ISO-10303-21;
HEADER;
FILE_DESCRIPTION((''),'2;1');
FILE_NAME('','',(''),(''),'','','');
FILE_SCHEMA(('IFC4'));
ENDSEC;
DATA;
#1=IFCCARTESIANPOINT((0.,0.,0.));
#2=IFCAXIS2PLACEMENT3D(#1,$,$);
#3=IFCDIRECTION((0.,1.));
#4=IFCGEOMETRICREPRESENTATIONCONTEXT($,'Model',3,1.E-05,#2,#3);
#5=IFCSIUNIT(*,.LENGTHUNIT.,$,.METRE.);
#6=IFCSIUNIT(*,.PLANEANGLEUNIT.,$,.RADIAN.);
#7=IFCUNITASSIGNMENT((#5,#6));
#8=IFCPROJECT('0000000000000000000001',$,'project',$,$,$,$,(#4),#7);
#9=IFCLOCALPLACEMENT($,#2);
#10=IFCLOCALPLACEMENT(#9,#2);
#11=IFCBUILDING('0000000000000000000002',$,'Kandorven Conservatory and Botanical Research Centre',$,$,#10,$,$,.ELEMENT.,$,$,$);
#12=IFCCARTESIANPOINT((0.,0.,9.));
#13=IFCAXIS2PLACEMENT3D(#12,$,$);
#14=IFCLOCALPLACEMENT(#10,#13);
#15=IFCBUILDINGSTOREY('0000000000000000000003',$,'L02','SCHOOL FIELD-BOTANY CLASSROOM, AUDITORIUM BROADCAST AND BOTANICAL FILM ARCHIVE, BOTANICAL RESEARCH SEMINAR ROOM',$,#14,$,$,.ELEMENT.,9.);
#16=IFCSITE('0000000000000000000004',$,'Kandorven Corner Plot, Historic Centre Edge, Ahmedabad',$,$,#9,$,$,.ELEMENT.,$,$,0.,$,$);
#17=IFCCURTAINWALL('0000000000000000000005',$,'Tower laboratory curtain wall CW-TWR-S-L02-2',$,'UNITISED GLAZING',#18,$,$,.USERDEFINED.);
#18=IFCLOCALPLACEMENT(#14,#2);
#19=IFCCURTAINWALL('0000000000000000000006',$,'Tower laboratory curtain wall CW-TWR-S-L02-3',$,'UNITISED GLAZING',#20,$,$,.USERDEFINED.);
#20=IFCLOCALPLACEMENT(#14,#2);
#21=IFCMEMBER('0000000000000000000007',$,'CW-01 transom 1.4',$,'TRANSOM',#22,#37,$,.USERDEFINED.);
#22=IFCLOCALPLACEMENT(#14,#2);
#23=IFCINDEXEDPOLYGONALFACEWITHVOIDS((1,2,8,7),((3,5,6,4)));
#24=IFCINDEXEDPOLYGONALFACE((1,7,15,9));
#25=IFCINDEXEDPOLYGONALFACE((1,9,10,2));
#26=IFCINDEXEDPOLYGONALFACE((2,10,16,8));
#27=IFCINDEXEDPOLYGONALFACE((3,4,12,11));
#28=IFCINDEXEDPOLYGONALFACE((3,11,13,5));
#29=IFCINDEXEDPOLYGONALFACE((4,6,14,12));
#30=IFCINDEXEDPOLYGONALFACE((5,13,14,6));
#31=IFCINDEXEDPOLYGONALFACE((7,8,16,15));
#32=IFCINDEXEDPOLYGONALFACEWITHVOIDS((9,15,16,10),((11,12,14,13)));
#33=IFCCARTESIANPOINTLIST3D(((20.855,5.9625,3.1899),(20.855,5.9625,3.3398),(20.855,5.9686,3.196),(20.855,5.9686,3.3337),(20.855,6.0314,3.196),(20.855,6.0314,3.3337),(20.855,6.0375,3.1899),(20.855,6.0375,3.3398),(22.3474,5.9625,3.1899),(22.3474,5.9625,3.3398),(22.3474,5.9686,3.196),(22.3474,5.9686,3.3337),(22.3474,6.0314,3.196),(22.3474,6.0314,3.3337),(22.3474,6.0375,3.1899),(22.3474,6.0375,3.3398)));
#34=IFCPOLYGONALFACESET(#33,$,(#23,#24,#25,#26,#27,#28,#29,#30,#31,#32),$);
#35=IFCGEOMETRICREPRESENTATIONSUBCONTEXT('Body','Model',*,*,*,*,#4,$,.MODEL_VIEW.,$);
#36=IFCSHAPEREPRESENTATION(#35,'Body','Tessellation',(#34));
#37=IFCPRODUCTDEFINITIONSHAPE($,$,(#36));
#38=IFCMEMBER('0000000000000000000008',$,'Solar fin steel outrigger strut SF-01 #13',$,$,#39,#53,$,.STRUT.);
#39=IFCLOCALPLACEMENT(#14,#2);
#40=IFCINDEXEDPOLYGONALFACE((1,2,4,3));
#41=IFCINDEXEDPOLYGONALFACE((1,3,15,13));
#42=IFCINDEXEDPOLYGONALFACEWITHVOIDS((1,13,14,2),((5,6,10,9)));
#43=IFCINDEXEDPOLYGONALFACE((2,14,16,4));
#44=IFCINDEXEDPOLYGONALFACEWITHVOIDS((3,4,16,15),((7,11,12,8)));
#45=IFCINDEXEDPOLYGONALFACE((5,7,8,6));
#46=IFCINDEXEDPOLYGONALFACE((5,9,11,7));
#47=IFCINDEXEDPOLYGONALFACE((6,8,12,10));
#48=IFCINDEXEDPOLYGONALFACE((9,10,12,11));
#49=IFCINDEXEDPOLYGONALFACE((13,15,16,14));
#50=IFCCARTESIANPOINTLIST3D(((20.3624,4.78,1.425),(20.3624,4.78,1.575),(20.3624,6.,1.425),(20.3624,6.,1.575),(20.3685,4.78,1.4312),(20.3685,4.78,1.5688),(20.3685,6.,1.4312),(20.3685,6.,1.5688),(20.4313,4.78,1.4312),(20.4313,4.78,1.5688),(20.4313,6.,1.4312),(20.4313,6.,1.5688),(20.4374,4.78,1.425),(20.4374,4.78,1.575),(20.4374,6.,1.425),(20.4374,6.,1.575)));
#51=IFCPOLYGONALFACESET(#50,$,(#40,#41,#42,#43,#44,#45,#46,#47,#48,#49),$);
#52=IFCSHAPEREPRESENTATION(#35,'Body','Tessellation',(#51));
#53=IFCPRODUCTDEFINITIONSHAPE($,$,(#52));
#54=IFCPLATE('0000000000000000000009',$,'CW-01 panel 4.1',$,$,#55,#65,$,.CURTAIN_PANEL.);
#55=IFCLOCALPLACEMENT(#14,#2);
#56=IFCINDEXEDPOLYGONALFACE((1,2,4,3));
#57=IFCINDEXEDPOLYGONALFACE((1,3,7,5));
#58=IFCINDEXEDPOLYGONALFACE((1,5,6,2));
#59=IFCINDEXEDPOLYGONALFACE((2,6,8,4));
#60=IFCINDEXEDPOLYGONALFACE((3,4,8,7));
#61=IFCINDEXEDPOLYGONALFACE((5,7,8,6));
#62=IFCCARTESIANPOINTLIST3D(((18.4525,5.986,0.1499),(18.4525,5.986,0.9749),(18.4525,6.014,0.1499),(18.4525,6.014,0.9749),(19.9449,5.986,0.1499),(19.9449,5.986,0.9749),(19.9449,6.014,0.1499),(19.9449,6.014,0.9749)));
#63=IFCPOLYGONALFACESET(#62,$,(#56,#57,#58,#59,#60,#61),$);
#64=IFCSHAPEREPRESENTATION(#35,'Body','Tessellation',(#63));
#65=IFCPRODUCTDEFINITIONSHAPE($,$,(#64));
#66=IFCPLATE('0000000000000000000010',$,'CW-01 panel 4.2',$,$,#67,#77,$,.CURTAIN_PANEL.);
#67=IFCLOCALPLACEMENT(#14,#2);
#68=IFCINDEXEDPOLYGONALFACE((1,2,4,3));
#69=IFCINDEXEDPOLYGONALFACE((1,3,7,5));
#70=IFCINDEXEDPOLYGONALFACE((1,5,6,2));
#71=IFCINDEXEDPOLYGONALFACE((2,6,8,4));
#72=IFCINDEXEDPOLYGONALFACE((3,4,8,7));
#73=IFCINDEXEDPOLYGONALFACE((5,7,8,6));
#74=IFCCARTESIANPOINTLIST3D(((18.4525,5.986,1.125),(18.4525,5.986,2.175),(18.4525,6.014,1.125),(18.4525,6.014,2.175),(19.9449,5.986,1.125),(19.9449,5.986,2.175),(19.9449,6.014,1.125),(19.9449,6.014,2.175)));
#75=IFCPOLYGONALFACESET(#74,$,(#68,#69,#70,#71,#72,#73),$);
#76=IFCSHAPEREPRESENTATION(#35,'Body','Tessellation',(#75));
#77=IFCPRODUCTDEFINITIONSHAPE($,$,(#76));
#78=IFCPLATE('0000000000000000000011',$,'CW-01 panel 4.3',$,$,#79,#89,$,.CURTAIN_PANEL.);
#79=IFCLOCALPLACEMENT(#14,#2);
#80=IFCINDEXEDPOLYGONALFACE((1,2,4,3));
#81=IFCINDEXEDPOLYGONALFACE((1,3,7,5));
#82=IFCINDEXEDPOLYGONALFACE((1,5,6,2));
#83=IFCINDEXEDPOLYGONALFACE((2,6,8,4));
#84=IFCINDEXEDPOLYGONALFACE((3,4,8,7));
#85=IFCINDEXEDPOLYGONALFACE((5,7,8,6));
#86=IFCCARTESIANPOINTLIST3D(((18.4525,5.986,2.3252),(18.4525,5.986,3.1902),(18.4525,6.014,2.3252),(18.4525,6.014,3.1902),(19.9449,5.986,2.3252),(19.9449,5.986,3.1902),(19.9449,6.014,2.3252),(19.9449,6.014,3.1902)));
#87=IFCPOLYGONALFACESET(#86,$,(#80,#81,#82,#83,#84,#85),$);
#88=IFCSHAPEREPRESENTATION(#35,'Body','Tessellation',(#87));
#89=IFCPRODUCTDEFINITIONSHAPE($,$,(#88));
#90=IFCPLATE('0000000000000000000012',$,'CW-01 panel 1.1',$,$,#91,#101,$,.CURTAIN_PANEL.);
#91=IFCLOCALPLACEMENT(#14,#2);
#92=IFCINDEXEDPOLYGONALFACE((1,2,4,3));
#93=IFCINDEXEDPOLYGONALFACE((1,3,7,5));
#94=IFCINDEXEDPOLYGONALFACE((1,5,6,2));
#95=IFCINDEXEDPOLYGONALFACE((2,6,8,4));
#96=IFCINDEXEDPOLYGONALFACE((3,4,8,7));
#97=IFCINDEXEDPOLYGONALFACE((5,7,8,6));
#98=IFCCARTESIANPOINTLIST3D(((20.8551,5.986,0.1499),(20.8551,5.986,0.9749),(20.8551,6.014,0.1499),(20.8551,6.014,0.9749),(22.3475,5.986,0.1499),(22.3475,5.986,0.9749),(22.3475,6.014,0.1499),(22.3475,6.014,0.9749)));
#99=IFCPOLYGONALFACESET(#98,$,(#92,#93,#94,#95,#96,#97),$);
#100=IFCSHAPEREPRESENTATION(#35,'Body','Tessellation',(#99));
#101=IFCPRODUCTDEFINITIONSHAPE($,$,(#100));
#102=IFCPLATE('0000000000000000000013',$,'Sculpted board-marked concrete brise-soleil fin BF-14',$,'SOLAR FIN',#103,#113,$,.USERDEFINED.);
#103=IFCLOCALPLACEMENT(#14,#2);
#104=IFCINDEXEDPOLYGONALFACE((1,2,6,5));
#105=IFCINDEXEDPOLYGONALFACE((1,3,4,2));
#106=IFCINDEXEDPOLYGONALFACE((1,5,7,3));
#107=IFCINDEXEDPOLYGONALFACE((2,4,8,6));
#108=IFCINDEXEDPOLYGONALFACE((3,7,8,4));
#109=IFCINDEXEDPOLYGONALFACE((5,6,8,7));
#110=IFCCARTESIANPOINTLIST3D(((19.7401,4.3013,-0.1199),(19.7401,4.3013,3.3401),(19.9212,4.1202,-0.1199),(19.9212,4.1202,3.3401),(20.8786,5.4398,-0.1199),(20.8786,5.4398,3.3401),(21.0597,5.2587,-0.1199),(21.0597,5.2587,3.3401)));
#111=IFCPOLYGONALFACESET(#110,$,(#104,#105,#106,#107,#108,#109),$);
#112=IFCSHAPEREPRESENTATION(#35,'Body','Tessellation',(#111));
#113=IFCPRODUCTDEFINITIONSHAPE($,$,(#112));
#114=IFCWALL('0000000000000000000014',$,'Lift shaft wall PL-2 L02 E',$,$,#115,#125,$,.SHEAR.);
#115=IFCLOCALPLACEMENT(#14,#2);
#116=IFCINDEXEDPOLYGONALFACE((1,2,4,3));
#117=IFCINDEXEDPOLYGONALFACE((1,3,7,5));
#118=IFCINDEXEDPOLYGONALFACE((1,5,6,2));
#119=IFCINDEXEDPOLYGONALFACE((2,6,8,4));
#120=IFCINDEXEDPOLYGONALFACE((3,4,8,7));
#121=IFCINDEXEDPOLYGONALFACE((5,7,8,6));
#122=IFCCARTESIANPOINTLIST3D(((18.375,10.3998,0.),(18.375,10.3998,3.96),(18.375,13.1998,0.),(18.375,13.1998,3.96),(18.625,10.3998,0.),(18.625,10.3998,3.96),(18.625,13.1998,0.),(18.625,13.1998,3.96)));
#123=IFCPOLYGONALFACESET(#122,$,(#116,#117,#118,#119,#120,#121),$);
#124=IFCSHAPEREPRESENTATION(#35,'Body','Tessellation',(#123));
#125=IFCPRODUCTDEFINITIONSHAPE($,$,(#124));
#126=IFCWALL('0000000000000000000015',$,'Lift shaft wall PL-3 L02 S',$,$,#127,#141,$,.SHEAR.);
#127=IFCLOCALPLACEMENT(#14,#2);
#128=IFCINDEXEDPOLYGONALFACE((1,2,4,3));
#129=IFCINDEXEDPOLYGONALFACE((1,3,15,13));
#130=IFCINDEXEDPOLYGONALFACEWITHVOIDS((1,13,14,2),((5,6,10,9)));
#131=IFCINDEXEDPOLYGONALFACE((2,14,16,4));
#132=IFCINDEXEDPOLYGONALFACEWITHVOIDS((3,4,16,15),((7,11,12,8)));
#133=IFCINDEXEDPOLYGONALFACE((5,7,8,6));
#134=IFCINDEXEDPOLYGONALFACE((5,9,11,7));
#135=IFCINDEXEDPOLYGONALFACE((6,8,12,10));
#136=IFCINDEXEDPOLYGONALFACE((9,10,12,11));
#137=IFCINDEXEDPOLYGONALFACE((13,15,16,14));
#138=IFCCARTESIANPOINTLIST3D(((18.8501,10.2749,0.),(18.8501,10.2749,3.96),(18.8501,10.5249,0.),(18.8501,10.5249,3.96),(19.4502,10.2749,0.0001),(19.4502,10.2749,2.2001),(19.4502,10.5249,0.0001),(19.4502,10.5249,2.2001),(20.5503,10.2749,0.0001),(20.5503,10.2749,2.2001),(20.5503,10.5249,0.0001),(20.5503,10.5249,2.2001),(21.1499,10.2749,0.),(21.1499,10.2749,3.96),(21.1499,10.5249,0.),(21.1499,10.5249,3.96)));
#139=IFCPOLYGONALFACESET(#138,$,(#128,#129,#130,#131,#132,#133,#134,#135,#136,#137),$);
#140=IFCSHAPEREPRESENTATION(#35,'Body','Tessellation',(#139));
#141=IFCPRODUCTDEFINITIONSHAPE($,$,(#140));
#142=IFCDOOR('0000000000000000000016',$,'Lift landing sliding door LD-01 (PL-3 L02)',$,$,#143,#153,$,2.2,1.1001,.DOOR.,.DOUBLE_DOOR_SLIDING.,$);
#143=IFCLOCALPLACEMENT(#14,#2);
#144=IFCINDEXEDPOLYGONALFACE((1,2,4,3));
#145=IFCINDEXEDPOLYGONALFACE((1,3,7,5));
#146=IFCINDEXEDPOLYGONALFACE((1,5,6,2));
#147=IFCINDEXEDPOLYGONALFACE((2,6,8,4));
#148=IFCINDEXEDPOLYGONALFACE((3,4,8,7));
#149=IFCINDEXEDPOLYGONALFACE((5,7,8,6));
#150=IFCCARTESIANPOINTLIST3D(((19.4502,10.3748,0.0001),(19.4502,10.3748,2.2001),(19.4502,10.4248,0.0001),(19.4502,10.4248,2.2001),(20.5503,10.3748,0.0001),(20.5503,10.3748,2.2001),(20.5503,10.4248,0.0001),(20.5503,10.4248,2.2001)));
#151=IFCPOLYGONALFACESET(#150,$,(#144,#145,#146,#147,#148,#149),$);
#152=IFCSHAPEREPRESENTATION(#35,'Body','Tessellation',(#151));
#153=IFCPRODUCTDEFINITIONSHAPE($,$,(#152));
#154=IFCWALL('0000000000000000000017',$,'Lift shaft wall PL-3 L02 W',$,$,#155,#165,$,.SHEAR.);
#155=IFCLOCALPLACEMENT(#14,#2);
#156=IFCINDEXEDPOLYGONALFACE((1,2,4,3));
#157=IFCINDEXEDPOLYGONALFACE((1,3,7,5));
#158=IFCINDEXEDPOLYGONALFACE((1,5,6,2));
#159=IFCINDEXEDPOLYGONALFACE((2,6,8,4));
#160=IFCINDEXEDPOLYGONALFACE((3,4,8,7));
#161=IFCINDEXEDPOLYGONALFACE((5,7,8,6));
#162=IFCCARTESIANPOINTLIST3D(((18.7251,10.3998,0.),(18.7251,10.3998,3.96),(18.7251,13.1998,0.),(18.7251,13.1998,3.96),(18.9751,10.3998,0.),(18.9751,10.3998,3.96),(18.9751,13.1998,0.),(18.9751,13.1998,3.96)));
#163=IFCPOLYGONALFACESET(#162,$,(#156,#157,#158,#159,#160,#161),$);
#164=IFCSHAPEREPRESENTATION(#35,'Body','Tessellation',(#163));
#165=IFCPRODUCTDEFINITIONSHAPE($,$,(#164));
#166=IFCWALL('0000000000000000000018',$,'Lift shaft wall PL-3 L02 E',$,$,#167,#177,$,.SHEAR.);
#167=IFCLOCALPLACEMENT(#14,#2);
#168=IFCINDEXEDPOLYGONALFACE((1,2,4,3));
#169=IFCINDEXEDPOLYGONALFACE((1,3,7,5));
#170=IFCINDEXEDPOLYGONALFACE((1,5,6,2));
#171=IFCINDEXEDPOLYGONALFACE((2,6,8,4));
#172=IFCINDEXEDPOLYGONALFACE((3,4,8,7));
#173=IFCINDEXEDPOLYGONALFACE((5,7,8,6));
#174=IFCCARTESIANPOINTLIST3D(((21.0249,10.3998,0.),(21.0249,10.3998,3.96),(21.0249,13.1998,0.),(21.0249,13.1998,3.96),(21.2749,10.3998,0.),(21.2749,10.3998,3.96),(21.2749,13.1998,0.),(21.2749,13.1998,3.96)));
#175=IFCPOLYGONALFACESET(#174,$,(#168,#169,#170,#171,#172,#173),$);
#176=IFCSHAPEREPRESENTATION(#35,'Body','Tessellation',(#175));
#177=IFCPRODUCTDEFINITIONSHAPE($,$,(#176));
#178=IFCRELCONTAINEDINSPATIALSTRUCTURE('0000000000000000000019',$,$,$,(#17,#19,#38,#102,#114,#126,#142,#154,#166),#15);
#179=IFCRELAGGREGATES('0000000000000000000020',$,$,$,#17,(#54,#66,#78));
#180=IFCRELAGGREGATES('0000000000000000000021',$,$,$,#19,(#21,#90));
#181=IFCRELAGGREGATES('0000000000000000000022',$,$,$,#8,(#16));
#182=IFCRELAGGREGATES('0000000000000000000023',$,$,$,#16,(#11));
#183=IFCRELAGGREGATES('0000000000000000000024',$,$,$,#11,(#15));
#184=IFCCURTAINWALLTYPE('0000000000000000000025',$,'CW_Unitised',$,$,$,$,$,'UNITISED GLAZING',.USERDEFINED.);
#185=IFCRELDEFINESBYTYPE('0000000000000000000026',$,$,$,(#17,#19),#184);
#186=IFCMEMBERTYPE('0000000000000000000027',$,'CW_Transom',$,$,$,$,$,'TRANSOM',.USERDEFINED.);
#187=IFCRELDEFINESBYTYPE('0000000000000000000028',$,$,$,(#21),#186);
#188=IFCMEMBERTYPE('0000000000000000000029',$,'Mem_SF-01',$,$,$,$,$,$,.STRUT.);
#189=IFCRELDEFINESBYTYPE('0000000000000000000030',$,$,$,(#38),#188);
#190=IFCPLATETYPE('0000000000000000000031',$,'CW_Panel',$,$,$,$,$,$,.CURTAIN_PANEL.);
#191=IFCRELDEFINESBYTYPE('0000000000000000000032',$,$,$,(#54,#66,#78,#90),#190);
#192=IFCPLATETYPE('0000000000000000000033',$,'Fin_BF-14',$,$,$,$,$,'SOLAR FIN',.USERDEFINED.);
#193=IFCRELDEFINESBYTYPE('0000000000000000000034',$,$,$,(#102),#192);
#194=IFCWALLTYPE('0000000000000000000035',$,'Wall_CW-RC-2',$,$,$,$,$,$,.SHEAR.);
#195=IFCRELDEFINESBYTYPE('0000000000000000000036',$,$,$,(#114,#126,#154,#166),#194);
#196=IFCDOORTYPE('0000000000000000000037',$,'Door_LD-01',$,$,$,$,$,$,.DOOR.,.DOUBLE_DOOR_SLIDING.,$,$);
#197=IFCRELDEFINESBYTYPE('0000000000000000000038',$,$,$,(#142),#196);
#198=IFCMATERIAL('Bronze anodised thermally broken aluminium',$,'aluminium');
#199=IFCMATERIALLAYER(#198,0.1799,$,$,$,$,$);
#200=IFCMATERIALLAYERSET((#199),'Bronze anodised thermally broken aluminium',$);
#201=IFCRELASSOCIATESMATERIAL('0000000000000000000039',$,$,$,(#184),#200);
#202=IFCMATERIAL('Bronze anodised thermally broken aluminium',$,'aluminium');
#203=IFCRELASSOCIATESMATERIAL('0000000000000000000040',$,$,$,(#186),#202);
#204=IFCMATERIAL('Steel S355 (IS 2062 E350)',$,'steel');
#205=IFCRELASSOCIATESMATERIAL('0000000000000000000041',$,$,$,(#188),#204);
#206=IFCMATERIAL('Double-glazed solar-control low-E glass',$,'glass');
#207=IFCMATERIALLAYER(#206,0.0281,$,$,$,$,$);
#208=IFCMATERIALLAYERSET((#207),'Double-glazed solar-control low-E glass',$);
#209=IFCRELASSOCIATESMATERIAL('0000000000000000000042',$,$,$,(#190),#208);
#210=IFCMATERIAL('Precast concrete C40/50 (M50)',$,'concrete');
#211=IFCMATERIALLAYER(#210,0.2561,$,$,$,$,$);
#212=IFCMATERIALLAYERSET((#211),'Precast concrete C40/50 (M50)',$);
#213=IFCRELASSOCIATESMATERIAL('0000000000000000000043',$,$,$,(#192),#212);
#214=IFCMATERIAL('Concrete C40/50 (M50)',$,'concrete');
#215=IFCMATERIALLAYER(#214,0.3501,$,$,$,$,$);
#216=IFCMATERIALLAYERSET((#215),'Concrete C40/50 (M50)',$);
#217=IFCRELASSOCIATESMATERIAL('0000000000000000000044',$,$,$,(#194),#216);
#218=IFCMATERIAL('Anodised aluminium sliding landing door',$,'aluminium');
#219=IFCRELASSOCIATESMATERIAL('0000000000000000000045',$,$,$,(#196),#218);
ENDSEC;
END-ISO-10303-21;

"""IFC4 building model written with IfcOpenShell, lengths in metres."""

from ifc_helpers import new_model, si_unit, direction, frame, frame_2d, origin, origin_2d, place, context, subcontext, project, spatial, rectangle, hollow_rectangle, extrude, material, layer, layer_set, material_profile, profile_set, type_object, element, fill, aggregate, save


model = new_model("IFC4")

# Units and contexts
model_context = context("Model", 3, precision=1e-05, world=origin(), true_north=direction((0.0, 1.0)))
body_context = subcontext(model_context, "Body", "Model", "MODEL_VIEW")
ifc_project = project(units=[si_unit("LENGTHUNIT", "METRE"), si_unit("PLANEANGLEUNIT", "RADIAN")], contexts=[model_context])

# Site, building, storey
site_placement = place(None, origin())
site = spatial("IfcSite", under=ifc_project, at=site_placement, Name="Kandorven Corner Plot, Historic Centre Edge, Ahmedabad", CompositionType="ELEMENT", RefElevation=0.0)
building_placement = place(site_placement, origin())
building = spatial("IfcBuilding", under=site, at=building_placement, Name="Kandorven Conservatory and Botanical Research Centre", CompositionType="ELEMENT")
storey_placement = place(building_placement, frame((0.0, 0.0, 9.0)))
storey = spatial("IfcBuildingStorey", under=building, at=storey_placement, Name="L02", Description="SCHOOL FIELD-BOTANY CLASSROOM, AUDITORIUM BROADCAST AND BOTANICAL FILM ARCHIVE, BOTANICAL RESEARCH SEMINAR ROOM", CompositionType="ELEMENT", Elevation=9.0)

# Curtain walls
ifc_material_1 = material(Name="Bronze anodised thermally broken aluminium", Category="aluminium")
ifc_layer_1 = layer(ifc_material_1, 0.1799)
ifc_layer_set_1 = layer_set([ifc_layer_1], Name="Bronze anodised thermally broken aluminium")
curtain_wall_type = type_object("IfcCurtainWallType", Name="CW_Unitised", ElementType="UNITISED GLAZING", PredefinedType="USERDEFINED", material=ifc_layer_set_1)
curtain_wall_1_placement = place(storey_placement, origin())
curtain_wall_1 = element("IfcCurtainWall", 1, at=curtain_wall_1_placement, inside=storey, type_object=curtain_wall_type, Name="Tower laboratory curtain wall CW-TWR-S-L02-2", ObjectType="UNITISED GLAZING", PredefinedType="USERDEFINED")
curtain_wall_2_placement = place(storey_placement, origin())
curtain_wall_2 = element("IfcCurtainWall", 2, at=curtain_wall_2_placement, inside=storey, type_object=curtain_wall_type, Name="Tower laboratory curtain wall CW-TWR-S-L02-3", ObjectType="UNITISED GLAZING", PredefinedType="USERDEFINED")

# Members
ifc_material_2 = material(Name="Bronze anodised thermally broken aluminium", Category="aluminium")
ifc_material_profile_1 = material_profile(ifc_material_2, hollow_rectangle(XDim=0.075, YDim=0.1499, WallThickness=0.0061, at=origin_2d()))
ifc_profile_set_1 = profile_set([ifc_material_profile_1], Name="Bronze anodised thermally broken aluminium")
member_type_1 = type_object("IfcMemberType", Name="CW_Transom", ElementType="TRANSOM", PredefinedType="USERDEFINED", material=ifc_profile_set_1)
member_1_placement = place(storey_placement, frame((20.855, 6.0, 3.2649), z_axis=(1.0, 0.0, 0.0), x_axis=(0.0, 1.0, 0.0)))
member_1 = element("IfcMember", 3, at=member_1_placement, type_object=member_type_1, Name="CW-01 transom 1.4", ObjectType="TRANSOM", PredefinedType="USERDEFINED", context=body_context, shape_type="SweptSolid", body=[
    extrude(hollow_rectangle(XDim=0.075, YDim=0.1499, WallThickness=0.0061, at=origin_2d()), origin(), (0.0, 0.0, 1.0), 1.4924),
])
ifc_material_3 = material(Name="Steel S355 (IS 2062 E350)", Category="steel")
ifc_material_profile_2 = material_profile(ifc_material_3, hollow_rectangle(XDim=0.075, YDim=0.1499, WallThickness=0.0061, at=origin_2d()))
ifc_profile_set_2 = profile_set([ifc_material_profile_2], Name="Steel S355 (IS 2062 E350)")
member_type_2 = type_object("IfcMemberType", Name="Mem_SF-01", PredefinedType="STRUT", material=ifc_profile_set_2)
member_2_placement = place(storey_placement, frame((20.3999, 6.0, 1.5), z_axis=(0.0, -1.0, 0.0), x_axis=(1.0, 0.0, 0.0)))
element("IfcMember", 4, at=member_2_placement, inside=storey, type_object=member_type_2, Name="Solar fin steel outrigger strut SF-01 #13", PredefinedType="STRUT", context=body_context, shape_type="SweptSolid", body=[
    extrude(hollow_rectangle(XDim=0.075, YDim=0.1499, WallThickness=0.0061, at=origin_2d()), origin(), (0.0, 0.0, 1.0), 1.22),
])

# Plates
ifc_material_4 = material(Name="Double-glazed solar-control low-E glass", Category="glass")
ifc_layer_2 = layer(ifc_material_4, 0.0281)
ifc_layer_set_2 = layer_set([ifc_layer_2], Name="Double-glazed solar-control low-E glass")
plate_type_1 = type_object("IfcPlateType", Name="CW_Panel", PredefinedType="CURTAIN_PANEL", material=ifc_layer_set_2)
plate_1_placement = place(storey_placement, frame((19.1987, 6.0, 0.1499), z_axis=(0.0, 0.0, 1.0), x_axis=(1.0, 0.0, 0.0)))
plate_1 = element("IfcPlate", 5, at=plate_1_placement, type_object=plate_type_1, Name="CW-01 panel 4.1", PredefinedType="CURTAIN_PANEL", context=body_context, shape_type="SweptSolid", body=[
    extrude(rectangle(XDim=1.4924, YDim=0.0281, at=origin_2d()), origin(), (0.0, 0.0, 1.0), 0.825),
])
plate_2_placement = place(storey_placement, frame((19.1987, 6.0, 1.125), z_axis=(0.0, 0.0, 1.0), x_axis=(1.0, 0.0, 0.0)))
plate_2 = element("IfcPlate", 6, at=plate_2_placement, type_object=plate_type_1, Name="CW-01 panel 4.2", PredefinedType="CURTAIN_PANEL", context=body_context, shape_type="SweptSolid", body=[
    extrude(rectangle(XDim=1.4924, YDim=0.0281, at=origin_2d()), origin(), (0.0, 0.0, 1.0), 1.05),
])
plate_3_placement = place(storey_placement, frame((19.1987, 6.0, 2.3252), z_axis=(0.0, 0.0, 1.0), x_axis=(1.0, 0.0, 0.0)))
plate_3 = element("IfcPlate", 7, at=plate_3_placement, type_object=plate_type_1, Name="CW-01 panel 4.3", PredefinedType="CURTAIN_PANEL", context=body_context, shape_type="SweptSolid", body=[
    extrude(rectangle(XDim=1.4924, YDim=0.0281, at=origin_2d()), origin(), (0.0, 0.0, 1.0), 0.865),
])
aggregate(curtain_wall_1, [plate_1, plate_2, plate_3])
plate_4_placement = place(storey_placement, frame((21.6013, 6.0, 0.1499), z_axis=(0.0, 0.0, 1.0), x_axis=(1.0, 0.0, 0.0)))
plate_4 = element("IfcPlate", 8, at=plate_4_placement, type_object=plate_type_1, Name="CW-01 panel 1.1", PredefinedType="CURTAIN_PANEL", context=body_context, shape_type="SweptSolid", body=[
    extrude(rectangle(XDim=1.4924, YDim=0.0281, at=origin_2d()), origin(), (0.0, 0.0, 1.0), 0.825),
])
aggregate(curtain_wall_2, [member_1, plate_4])
ifc_material_5 = material(Name="Precast concrete C40/50 (M50)", Category="concrete")
ifc_layer_3 = layer(ifc_material_5, 0.2561)
ifc_layer_set_3 = layer_set([ifc_layer_3], Name="Precast concrete C40/50 (M50)")
plate_type_2 = type_object("IfcPlateType", Name="Fin_BF-14", ElementType="SOLAR FIN", PredefinedType="USERDEFINED", material=ifc_layer_set_3)
plate_5_placement = place(storey_placement, frame((20.3999, 4.78, -0.1199), z_axis=(0.0, 0.0, 1.0), x_axis=(0.707107, 0.707107, 0.0)))
element("IfcPlate", 9, at=plate_5_placement, inside=storey, type_object=plate_type_2, Name="Sculpted board-marked concrete brise-soleil fin BF-14", ObjectType="SOLAR FIN", PredefinedType="USERDEFINED", context=body_context, shape_type="SweptSolid", body=[
    extrude(rectangle(XDim=1.6101, YDim=0.2561, at=origin_2d()), origin(), (0.0, 0.0, 1.0), 3.46),
])

# Wall
ifc_material_6 = material(Name="Concrete C40/50 (M50)", Category="concrete")
ifc_layer_4 = layer(ifc_material_6, 0.3501)
ifc_layer_set_4 = layer_set([ifc_layer_4], Name="Concrete C40/50 (M50)")
wall_type = type_object("IfcWallType", Name="Wall_CW-RC-2", PredefinedType="SHEAR", material=ifc_layer_set_4)
wall_1_placement = place(storey_placement, frame((18.5, 10.3999, 0.0), z_axis=(0.0, 0.0, 1.0), x_axis=(0.0, 1.0, 0.0)))
element("IfcWall", 10, at=wall_1_placement, inside=storey, type_object=wall_type, Name="Lift shaft wall PL-2 L02 E", PredefinedType="SHEAR", context=body_context, shape_type="SweptSolid", body=[
    extrude(rectangle(XDim=2.8, YDim=0.25, at=frame_2d((1.3999, 0.0))), origin(), (0.0, 0.0, 1.0), 3.96),
])

# Wall, opening, door
wall_2_placement = place(storey_placement, frame((18.8501, 10.3999, 0.0), z_axis=(0.0, 0.0, 1.0), x_axis=(1.0, 0.0, 0.0)))
wall_2 = element("IfcWall", 11, at=wall_2_placement, inside=storey, type_object=wall_type, Name="Lift shaft wall PL-3 L02 S", PredefinedType="SHEAR", context=body_context, shape_type="SweptSolid", body=[
    extrude(rectangle(XDim=2.2998, YDim=0.25, at=frame_2d((1.1499, 0.0))), origin(), (0.0, 0.0, 1.0), 3.96),
])
opening_1_placement = place(wall_2_placement, frame((0.6001, 0.0, 0.0)))
opening_1 = element("IfcOpeningElement", 12, at=opening_1_placement, cuts=wall_2, PredefinedType="OPENING", context=body_context, shape_type="SweptSolid", body=[
    extrude(rectangle(XDim=1.1001, YDim=2.2, at=frame_2d((0.55, 1.1001))), frame((0.0, 0.135, 0.0), z_axis=(0.0, -1.0, 0.0), x_axis=(1.0, 0.0, 0.0)), (0.0, 0.0, 1.0), 0.27),
])
ifc_material_7 = material(Name="Anodised aluminium sliding landing door", Category="aluminium")
door_type_1 = type_object("IfcDoorType", Name="Door_LD-01", OperationType="DOUBLE_DOOR_SLIDING", PredefinedType="DOOR", material=ifc_material_7)
door_1_placement = place(opening_1_placement, origin())
door_1 = element("IfcDoor", 13, at=door_1_placement, inside=storey, type_object=door_type_1, Name="Lift landing sliding door LD-01 (PL-3 L02)", OperationType="DOUBLE_DOOR_SLIDING", OverallHeight=2.2, OverallWidth=1.1001, PredefinedType="DOOR", context=body_context, shape_type="SweptSolid", body=[
    extrude(rectangle(XDim=1.1001, YDim=2.2, at=frame_2d((0.55, 1.1001))), frame((0.0, 0.0249, 0.0), z_axis=(0.0, -1.0, 0.0), x_axis=(1.0, 0.0, 0.0)), (0.0, 0.0, 1.0), 0.05),
])
fill(opening_1, door_1)

# Walls
for number, where, z_axis, x_axis, name in (
    (14, (18.8501, 10.3999, 0.0), (0.0, 0.0, 1.0), (0.0, 1.0, 0.0), "Lift shaft wall PL-3 L02 W"),
    (15, (21.1499, 10.3999, 0.0), (0.0, 0.0, 1.0), (0.0, 1.0, 0.0), "Lift shaft wall PL-3 L02 E"),
):
    element("IfcWall", number, at=place(storey_placement, frame(where, z_axis=z_axis, x_axis=x_axis)), inside=storey, type_object=wall_type, Name=name, PredefinedType="SHEAR", context=body_context, shape_type="SweptSolid", body=[
        extrude(rectangle(XDim=2.8, YDim=0.25, at=frame_2d((1.3999, 0.0))), origin(), (0.0, 0.0, 1.0), 3.96),
    ])

save(model, "model.ifc")
